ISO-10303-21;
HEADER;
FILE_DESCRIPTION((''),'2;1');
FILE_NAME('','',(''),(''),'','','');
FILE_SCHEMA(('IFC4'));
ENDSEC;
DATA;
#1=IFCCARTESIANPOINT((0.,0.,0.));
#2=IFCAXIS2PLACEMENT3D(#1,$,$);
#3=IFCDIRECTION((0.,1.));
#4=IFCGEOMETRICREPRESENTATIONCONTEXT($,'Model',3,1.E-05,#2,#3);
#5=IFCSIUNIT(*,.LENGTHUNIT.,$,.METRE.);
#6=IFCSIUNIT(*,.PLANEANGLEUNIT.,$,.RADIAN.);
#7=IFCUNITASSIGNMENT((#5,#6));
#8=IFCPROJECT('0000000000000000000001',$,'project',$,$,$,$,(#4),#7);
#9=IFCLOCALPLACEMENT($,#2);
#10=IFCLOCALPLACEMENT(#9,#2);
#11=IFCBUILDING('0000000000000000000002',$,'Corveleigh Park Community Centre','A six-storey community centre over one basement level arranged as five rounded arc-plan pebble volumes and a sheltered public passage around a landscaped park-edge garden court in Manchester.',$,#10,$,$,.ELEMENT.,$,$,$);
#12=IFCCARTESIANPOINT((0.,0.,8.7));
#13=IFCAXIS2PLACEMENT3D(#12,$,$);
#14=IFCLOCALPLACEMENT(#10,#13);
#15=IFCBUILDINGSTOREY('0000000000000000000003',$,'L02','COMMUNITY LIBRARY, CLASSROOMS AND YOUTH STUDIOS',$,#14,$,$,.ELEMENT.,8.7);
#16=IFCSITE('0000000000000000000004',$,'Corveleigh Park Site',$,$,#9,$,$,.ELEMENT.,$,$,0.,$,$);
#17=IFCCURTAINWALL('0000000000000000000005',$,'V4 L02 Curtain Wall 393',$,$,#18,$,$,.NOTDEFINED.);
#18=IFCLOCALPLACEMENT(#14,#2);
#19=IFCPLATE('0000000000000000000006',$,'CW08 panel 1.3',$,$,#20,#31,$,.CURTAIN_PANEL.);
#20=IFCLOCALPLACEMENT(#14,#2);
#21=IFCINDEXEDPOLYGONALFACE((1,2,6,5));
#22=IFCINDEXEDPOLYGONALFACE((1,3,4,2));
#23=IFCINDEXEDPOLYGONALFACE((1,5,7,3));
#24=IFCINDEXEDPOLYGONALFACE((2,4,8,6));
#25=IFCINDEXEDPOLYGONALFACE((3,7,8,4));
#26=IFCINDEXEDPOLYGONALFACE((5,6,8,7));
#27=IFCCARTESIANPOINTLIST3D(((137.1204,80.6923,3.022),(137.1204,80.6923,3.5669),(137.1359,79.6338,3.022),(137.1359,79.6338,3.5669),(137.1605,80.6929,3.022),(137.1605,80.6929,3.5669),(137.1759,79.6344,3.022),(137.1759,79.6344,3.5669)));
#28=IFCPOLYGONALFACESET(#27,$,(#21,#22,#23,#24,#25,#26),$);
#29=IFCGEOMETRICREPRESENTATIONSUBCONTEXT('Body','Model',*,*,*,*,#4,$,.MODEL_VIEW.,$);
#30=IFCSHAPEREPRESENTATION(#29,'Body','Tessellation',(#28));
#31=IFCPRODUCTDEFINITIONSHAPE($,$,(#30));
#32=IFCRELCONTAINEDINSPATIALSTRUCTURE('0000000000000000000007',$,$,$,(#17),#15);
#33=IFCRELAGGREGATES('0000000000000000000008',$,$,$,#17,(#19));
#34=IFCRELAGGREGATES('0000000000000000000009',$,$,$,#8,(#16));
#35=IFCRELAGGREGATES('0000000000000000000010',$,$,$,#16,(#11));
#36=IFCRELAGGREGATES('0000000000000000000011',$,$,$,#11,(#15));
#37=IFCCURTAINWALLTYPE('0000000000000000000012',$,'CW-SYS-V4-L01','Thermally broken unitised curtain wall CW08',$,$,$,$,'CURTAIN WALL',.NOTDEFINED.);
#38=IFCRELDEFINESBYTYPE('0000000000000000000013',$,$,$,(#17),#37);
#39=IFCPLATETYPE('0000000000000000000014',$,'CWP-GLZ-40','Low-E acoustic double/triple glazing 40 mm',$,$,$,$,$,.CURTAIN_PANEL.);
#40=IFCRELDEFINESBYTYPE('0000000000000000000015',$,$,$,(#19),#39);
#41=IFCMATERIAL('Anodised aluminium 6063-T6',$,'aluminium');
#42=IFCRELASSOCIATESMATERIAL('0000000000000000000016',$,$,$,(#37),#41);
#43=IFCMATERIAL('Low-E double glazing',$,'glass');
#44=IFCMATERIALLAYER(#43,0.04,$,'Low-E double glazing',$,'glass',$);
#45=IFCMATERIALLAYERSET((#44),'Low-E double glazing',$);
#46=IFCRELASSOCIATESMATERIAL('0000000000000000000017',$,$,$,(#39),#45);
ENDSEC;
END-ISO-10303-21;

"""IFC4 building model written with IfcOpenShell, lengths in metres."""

from ifc_helpers import new_model, si_unit, direction, frame, origin, origin_2d, place, context, subcontext, project, spatial, rectangle, extrude, material, layer, layer_set, type_object, element, aggregate, save


model = new_model("IFC4")

# Units and contexts
model_context = context("Model", 3, precision=1e-05, world=origin(), true_north=direction((0.0, 1.0)))
body_context = subcontext(model_context, "Body", "Model", "MODEL_VIEW")
ifc_project = project(units=[si_unit("LENGTHUNIT", "METRE"), si_unit("PLANEANGLEUNIT", "RADIAN")], contexts=[model_context])

# Site, building, storey
site_placement = place(None, origin())
site = spatial("IfcSite", under=ifc_project, at=site_placement, Name="Corveleigh Park Site", CompositionType="ELEMENT", RefElevation=0.0)
building_placement = place(site_placement, origin())
building = spatial("IfcBuilding", under=site, at=building_placement, Name="Corveleigh Park Community Centre", Description="A six-storey community centre over one basement level arranged as five rounded arc-plan pebble volumes and a sheltered public passage around a landscaped park-edge garden court in Manchester.", CompositionType="ELEMENT")
storey_placement = place(building_placement, frame((0.0, 0.0, 8.7)))
storey = spatial("IfcBuildingStorey", under=building, at=storey_placement, Name="L02", Description="COMMUNITY LIBRARY, CLASSROOMS AND YOUTH STUDIOS", CompositionType="ELEMENT", Elevation=8.7)

# Shared definitions
ifc_material_1 = material(Name="Anodised aluminium 6063-T6", Category="aluminium")
curtain_wall_type = type_object("IfcCurtainWallType", Name="CW-SYS-V4-L01", Description="Thermally broken unitised curtain wall CW08", ElementType="CURTAIN WALL", PredefinedType="NOTDEFINED", material=ifc_material_1)

# Curtain wall
curtain_wall_1_placement = place(storey_placement, origin())
curtain_wall_1 = element("IfcCurtainWall", 1, at=curtain_wall_1_placement, inside=storey, type_object=curtain_wall_type, Name="V4 L02 Curtain Wall 393", PredefinedType="NOTDEFINED")

# Plate
ifc_material_2 = material(Name="Low-E double glazing", Category="glass")
ifc_layer_1 = layer(ifc_material_2, 0.04, Name="Low-E double glazing", Category="glass")
ifc_layer_set_1 = layer_set([ifc_layer_1], Name="Low-E double glazing")
plate_type_1 = type_object("IfcPlateType", Name="CWP-GLZ-40", Description="Low-E acoustic double/triple glazing 40 mm", PredefinedType="CURTAIN_PANEL", material=ifc_layer_set_1)
plate_1_placement = place(storey_placement, frame((137.1482, 80.1633, 3.022), z_axis=(0.0, 0.0, 1.0), x_axis=(-0.01461, 0.999893, 0.0)))
plate_1 = element("IfcPlate", 2, at=plate_1_placement, type_object=plate_type_1, Name="CW08 panel 1.3", PredefinedType="CURTAIN_PANEL", context=body_context, shape_type="SweptSolid", body=[
    extrude(rectangle(XDim=1.0586, YDim=0.04, at=origin_2d()), origin(), (0.0, 0.0, 1.0), 0.5449),
])
aggregate(curtain_wall_1, [plate_1])

save(model, "model.ifc")
